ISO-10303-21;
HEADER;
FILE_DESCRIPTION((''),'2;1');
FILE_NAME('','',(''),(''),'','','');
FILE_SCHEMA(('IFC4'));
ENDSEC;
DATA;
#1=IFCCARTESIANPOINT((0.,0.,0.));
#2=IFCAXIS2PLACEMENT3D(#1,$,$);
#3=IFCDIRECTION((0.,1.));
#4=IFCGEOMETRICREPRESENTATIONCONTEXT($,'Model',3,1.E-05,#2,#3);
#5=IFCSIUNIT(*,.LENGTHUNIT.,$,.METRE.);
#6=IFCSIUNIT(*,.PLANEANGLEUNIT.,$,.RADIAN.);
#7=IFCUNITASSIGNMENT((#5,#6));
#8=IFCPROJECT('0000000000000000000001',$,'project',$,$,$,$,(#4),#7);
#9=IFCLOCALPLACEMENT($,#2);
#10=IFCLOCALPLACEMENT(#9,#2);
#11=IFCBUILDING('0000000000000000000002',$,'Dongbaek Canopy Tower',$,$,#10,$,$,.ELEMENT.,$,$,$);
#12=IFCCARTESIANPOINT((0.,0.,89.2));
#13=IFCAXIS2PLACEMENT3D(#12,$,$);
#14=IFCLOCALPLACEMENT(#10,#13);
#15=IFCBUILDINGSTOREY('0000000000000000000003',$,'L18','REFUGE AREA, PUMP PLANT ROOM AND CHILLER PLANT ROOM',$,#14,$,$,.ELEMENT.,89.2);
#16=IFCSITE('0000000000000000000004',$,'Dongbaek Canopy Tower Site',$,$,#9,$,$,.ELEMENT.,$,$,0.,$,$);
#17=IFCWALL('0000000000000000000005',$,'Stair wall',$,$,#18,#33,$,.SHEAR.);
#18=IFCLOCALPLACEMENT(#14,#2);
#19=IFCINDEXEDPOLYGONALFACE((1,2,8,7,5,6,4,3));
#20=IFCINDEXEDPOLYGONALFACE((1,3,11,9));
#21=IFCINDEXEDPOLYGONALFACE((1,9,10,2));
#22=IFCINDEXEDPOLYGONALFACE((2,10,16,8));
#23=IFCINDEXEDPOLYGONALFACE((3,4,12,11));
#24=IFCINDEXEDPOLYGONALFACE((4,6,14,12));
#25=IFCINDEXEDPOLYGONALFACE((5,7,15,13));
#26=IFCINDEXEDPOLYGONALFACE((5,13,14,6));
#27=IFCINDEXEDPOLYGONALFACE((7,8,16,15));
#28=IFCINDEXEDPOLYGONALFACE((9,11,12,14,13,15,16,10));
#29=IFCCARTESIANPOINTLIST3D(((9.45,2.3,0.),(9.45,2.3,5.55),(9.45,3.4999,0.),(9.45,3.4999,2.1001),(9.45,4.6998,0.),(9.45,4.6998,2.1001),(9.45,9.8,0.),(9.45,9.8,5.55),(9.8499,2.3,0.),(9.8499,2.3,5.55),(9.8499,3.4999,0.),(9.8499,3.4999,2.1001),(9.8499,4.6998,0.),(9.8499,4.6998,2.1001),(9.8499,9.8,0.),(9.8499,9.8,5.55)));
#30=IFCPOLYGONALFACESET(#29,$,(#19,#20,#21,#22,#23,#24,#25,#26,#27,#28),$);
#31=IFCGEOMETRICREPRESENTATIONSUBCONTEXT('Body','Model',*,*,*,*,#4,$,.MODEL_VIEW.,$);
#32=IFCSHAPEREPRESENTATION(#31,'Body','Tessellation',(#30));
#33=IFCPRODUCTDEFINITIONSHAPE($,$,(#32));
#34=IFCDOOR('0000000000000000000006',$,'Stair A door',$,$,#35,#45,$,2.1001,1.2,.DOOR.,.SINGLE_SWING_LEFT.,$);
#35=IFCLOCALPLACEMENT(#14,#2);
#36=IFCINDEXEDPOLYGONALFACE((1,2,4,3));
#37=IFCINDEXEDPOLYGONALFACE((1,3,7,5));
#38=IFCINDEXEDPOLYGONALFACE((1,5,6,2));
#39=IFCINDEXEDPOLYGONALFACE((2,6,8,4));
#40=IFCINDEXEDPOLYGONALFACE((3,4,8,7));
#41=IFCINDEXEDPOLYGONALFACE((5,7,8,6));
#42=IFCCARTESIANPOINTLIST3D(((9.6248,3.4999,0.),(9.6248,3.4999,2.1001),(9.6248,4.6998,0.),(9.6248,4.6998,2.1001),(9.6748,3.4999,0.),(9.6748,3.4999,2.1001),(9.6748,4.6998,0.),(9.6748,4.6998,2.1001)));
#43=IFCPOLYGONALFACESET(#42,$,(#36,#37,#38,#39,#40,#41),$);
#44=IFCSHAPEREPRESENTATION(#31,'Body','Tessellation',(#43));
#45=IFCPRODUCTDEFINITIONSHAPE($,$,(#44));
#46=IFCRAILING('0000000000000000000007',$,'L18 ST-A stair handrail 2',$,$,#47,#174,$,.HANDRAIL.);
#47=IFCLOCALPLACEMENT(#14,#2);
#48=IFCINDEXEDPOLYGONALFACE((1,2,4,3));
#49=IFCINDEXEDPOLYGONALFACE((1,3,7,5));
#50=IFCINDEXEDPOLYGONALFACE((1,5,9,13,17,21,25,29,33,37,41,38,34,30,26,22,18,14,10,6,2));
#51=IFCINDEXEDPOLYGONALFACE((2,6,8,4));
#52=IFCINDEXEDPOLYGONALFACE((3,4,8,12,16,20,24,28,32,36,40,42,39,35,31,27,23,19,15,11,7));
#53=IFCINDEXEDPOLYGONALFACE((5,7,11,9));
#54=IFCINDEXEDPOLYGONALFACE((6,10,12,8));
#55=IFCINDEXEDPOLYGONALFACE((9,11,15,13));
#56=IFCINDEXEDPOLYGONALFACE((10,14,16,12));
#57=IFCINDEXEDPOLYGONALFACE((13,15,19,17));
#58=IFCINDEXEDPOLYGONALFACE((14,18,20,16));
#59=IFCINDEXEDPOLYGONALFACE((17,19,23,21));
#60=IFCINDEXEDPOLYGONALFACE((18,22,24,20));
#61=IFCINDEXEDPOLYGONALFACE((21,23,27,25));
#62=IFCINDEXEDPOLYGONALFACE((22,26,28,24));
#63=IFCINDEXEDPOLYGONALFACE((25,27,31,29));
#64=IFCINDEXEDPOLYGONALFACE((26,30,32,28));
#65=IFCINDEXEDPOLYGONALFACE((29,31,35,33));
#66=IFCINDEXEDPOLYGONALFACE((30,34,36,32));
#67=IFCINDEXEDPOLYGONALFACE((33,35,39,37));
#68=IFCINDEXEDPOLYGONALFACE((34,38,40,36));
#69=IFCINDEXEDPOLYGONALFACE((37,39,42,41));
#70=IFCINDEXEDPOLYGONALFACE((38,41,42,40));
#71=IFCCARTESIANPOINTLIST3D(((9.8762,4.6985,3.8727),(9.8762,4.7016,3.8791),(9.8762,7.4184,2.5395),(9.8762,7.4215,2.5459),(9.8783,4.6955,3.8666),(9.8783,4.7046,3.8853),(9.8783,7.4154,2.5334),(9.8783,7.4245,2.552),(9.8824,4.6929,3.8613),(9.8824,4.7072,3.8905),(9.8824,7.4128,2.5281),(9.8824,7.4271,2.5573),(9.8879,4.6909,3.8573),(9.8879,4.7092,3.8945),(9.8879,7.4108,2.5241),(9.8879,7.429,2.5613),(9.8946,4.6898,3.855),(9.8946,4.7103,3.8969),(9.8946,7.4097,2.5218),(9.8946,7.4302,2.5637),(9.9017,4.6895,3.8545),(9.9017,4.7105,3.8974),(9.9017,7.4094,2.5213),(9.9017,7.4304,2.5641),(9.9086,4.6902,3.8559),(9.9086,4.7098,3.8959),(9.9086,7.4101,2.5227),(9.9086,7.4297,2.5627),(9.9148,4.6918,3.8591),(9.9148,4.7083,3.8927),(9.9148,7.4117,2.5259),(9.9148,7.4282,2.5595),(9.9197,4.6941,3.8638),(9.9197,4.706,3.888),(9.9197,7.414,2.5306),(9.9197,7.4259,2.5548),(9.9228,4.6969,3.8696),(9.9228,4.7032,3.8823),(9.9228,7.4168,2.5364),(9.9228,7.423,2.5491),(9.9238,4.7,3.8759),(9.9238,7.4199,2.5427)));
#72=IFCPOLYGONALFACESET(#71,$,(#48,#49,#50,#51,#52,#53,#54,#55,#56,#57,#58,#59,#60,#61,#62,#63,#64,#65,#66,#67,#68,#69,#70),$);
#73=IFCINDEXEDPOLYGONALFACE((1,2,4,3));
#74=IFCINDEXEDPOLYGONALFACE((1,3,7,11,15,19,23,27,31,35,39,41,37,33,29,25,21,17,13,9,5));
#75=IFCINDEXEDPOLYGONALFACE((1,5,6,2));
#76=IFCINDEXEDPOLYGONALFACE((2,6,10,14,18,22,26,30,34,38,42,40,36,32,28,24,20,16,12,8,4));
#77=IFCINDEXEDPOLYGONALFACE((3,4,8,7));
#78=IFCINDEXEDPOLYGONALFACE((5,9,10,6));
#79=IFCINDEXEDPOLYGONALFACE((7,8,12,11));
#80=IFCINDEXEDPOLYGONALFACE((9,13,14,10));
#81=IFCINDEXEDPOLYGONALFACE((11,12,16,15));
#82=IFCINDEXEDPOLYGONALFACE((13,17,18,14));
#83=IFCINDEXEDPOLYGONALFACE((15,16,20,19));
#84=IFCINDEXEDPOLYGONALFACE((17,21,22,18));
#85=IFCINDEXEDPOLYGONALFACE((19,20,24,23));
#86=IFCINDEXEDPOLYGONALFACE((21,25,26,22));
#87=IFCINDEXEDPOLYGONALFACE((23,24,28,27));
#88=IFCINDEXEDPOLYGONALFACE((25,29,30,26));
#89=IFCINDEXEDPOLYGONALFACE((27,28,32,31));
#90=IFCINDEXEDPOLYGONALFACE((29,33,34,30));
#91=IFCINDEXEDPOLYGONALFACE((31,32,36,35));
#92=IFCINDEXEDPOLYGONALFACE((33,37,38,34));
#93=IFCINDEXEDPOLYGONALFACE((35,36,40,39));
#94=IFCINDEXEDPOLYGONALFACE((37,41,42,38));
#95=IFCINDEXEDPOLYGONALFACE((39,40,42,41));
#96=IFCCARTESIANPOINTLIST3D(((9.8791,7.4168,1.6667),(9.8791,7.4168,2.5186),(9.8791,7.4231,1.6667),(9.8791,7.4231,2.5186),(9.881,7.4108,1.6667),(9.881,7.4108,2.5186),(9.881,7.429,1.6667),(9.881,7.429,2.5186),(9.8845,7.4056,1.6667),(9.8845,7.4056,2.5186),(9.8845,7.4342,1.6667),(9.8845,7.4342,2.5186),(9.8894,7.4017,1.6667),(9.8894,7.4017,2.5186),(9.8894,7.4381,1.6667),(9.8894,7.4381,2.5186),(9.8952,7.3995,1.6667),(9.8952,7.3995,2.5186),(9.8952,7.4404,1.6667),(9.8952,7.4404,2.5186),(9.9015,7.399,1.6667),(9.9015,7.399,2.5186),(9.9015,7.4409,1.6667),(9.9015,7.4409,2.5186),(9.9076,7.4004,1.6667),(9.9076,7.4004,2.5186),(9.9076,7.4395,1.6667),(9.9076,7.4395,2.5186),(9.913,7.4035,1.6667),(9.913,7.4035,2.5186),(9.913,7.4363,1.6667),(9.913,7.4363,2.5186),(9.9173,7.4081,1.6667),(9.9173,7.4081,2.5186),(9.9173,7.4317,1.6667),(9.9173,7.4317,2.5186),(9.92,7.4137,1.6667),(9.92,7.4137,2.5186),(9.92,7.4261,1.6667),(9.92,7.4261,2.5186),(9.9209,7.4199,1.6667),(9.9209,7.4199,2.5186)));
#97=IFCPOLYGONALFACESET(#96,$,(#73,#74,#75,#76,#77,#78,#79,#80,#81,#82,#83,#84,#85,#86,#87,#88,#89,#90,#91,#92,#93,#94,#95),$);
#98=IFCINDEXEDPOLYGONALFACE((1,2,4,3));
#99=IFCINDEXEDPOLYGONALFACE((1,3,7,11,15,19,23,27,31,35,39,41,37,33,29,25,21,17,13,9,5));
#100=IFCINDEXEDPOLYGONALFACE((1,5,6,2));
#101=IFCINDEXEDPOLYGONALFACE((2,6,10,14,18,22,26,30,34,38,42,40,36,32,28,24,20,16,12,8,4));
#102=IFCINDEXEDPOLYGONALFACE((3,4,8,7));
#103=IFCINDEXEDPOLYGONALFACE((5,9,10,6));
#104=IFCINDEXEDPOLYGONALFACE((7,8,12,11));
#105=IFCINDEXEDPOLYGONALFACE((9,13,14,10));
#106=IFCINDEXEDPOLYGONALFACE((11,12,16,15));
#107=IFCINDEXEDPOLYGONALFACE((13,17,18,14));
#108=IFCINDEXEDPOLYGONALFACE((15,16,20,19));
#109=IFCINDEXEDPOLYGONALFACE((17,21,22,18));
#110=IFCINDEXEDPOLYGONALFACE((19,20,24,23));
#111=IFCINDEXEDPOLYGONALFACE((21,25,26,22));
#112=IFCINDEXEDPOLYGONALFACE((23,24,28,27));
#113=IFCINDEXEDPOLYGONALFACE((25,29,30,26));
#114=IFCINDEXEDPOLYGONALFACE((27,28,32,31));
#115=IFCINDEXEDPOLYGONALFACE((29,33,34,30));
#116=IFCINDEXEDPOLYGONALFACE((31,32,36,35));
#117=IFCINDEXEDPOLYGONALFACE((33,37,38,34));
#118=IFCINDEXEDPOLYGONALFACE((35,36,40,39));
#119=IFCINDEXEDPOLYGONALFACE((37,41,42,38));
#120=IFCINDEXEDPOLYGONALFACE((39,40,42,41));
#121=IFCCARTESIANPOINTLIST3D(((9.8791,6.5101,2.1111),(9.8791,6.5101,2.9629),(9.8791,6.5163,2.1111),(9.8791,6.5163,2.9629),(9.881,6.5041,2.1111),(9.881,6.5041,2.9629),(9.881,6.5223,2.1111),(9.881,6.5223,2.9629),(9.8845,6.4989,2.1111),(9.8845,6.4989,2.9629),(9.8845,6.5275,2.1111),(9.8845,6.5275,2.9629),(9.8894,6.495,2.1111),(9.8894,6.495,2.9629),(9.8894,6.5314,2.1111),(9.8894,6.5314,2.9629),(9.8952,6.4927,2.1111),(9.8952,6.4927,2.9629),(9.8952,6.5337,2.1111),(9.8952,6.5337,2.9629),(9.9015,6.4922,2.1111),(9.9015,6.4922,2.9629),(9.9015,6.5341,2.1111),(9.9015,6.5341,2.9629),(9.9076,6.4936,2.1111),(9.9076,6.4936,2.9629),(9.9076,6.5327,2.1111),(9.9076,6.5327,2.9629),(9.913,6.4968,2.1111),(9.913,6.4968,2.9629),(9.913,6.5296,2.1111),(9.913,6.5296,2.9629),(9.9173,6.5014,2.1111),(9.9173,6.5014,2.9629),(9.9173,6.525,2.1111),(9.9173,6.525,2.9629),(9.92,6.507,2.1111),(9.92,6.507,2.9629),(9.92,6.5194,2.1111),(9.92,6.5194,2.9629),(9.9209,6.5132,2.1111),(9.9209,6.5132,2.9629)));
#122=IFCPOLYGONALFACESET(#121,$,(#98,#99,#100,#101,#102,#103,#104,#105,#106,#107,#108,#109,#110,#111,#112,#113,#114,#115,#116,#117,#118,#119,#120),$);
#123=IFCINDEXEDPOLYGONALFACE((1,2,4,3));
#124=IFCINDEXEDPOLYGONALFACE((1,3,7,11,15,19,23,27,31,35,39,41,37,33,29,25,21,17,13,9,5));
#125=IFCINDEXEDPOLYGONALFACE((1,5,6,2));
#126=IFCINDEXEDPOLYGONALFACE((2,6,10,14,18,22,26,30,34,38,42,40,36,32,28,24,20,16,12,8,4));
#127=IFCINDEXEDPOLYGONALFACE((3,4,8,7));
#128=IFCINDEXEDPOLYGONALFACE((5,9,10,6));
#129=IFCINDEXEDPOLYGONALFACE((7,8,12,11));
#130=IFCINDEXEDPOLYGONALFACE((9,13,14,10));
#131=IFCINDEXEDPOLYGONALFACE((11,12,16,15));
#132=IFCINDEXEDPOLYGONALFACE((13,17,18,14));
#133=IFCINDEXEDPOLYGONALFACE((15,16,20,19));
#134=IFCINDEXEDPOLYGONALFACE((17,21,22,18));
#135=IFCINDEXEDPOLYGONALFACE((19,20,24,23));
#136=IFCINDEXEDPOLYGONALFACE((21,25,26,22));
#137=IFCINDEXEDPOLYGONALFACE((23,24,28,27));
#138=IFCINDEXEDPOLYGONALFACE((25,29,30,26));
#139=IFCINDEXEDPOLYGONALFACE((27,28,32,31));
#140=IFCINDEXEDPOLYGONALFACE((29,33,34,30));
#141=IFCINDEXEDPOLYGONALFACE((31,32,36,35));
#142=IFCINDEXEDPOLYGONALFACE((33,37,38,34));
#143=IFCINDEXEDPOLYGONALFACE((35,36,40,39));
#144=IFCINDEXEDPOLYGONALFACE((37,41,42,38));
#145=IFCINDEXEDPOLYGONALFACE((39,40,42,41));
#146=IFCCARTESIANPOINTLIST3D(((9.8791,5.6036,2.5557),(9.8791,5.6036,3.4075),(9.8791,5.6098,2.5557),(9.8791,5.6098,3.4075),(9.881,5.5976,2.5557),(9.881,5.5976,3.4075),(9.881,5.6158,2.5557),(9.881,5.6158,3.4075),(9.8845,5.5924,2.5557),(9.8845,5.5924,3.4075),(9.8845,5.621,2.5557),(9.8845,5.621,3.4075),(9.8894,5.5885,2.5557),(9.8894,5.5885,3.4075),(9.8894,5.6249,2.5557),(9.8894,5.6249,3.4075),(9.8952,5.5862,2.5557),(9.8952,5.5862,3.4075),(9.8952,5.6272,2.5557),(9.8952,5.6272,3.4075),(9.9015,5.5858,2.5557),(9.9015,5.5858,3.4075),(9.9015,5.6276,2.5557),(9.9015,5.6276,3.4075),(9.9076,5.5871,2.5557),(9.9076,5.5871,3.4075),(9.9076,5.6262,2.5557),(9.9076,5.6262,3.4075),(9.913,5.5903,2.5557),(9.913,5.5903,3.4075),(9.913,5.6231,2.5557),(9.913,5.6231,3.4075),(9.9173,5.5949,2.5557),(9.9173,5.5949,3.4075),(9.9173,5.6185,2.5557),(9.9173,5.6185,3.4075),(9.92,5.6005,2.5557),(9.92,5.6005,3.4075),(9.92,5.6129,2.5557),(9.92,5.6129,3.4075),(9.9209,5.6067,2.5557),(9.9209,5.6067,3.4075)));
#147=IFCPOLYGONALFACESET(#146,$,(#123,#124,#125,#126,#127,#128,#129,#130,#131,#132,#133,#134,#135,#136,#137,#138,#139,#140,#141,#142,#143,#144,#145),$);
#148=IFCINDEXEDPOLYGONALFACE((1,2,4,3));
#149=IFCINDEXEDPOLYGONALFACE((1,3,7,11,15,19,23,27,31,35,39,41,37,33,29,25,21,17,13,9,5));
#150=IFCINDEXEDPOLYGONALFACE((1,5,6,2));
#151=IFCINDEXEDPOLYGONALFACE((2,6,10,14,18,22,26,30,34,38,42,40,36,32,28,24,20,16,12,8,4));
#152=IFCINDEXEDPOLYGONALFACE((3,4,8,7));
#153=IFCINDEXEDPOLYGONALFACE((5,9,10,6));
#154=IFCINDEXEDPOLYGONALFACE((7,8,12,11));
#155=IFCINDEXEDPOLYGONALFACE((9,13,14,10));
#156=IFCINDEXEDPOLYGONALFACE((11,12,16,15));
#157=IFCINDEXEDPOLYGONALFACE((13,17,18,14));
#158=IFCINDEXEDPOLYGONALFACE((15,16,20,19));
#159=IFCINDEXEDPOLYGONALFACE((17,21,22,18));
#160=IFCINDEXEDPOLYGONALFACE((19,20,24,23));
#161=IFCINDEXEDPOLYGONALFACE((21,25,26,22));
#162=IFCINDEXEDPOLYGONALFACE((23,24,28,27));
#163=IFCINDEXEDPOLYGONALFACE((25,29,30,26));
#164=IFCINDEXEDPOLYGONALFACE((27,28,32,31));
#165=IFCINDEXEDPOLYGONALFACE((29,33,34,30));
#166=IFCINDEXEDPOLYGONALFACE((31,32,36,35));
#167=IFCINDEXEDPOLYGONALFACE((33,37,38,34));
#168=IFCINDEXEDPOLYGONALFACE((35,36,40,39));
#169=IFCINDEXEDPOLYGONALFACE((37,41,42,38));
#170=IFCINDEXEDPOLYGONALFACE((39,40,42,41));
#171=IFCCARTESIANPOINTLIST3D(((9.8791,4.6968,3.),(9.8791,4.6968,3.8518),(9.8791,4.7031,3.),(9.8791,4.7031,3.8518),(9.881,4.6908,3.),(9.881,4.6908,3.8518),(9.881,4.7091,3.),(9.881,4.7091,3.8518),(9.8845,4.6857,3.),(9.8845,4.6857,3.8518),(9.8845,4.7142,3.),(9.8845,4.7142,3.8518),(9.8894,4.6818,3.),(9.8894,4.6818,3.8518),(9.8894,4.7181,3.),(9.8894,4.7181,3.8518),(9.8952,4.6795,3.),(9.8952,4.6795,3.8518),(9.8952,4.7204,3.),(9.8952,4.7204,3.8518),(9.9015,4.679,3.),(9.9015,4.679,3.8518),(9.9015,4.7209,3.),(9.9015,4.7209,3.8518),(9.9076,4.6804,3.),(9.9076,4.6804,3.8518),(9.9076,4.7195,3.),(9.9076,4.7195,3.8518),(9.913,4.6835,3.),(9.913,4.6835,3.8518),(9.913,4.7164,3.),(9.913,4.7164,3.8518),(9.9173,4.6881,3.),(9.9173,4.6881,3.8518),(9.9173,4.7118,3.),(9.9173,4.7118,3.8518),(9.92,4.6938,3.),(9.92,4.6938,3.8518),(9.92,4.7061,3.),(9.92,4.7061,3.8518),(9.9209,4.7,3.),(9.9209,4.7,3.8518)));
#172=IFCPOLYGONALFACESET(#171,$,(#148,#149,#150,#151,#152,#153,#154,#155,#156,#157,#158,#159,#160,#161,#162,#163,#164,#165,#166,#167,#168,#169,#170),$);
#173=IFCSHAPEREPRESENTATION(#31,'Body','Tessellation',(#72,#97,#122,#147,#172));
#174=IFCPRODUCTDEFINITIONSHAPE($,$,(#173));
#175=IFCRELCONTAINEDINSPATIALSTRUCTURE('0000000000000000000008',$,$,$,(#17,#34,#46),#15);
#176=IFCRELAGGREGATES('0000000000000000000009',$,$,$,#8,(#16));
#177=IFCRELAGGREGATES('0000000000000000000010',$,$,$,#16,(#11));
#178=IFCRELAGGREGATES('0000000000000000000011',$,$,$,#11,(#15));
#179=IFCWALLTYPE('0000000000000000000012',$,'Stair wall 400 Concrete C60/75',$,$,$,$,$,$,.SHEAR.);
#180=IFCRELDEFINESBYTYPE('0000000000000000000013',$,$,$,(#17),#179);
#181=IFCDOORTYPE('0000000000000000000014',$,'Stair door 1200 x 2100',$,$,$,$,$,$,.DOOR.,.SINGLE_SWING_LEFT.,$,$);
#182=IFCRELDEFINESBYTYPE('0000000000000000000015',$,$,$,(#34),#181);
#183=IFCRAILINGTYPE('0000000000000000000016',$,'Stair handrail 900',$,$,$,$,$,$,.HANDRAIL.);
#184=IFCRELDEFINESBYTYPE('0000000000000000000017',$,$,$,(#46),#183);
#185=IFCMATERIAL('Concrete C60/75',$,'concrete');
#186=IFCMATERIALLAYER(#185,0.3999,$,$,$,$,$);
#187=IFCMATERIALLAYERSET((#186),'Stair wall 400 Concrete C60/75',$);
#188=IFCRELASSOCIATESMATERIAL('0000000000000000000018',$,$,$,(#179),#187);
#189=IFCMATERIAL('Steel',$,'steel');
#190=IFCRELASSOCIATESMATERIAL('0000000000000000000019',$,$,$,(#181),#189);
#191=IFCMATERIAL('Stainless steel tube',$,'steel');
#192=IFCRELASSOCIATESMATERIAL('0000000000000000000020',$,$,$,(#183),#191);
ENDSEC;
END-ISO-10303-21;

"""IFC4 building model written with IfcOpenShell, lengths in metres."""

from ifc_helpers import new_model, si_unit, direction, frame, frame_2d, origin, origin_2d, place, context, subcontext, project, spatial, rectangle, circle, extrude, material, layer, layer_set, type_object, element, fill, save


model = new_model("IFC4")

# Units and contexts
model_context = context("Model", 3, precision=1e-05, world=origin(), true_north=direction((0.0, 1.0)))
body_context = subcontext(model_context, "Body", "Model", "MODEL_VIEW")
ifc_project = project(units=[si_unit("LENGTHUNIT", "METRE"), si_unit("PLANEANGLEUNIT", "RADIAN")], contexts=[model_context])

# Site, building, storey
site_placement = place(None, origin())
site = spatial("IfcSite", under=ifc_project, at=site_placement, Name="Dongbaek Canopy Tower Site", CompositionType="ELEMENT", RefElevation=0.0)
building_placement = place(site_placement, origin())
building = spatial("IfcBuilding", under=site, at=building_placement, Name="Dongbaek Canopy Tower", CompositionType="ELEMENT")
storey_placement = place(building_placement, frame((0.0, 0.0, 89.2)))
storey = spatial("IfcBuildingStorey", under=building, at=storey_placement, Name="L18", Description="REFUGE AREA, PUMP PLANT ROOM AND CHILLER PLANT ROOM", CompositionType="ELEMENT", Elevation=89.2)

# Wall, opening, door
ifc_material_1 = material(Name="Concrete C60/75", Category="concrete")
ifc_layer_1 = layer(ifc_material_1, 0.3999)
ifc_layer_set_1 = layer_set([ifc_layer_1], Name="Stair wall 400 Concrete C60/75")
wall_type_1 = type_object("IfcWallType", Name="Stair wall 400 Concrete C60/75", PredefinedType="SHEAR", material=ifc_layer_set_1)
wall_1_placement = place(storey_placement, frame((9.6499, 9.8, 0.0), z_axis=(0.0, 0.0, 1.0), x_axis=(0.0, -1.0, 0.0)))
wall_1 = element("IfcWall", 1, at=wall_1_placement, inside=storey, type_object=wall_type_1, Name="Stair wall", PredefinedType="SHEAR", context=body_context, shape_type="SweptSolid", body=[
    extrude(rectangle(XDim=7.5, YDim=0.3999, at=frame_2d((3.75, 0.0))), origin(), (0.0, 0.0, 1.0), 5.55),
])
opening_1_placement = place(wall_1_placement, frame((5.1001, 0.0, 0.0)))
opening_1 = element("IfcOpeningElement", 2, at=opening_1_placement, cuts=wall_1, PredefinedType="OPENING", context=body_context, shape_type="SweptSolid", body=[
    extrude(rectangle(XDim=1.2, YDim=2.1001, at=frame_2d((0.6001, 1.05))), frame((0.0, 0.21, 0.0), z_axis=(0.0, -1.0, 0.0), x_axis=(1.0, 0.0, 0.0)), (0.0, 0.0, 1.0), 0.4199),
])
ifc_material_2 = material(Name="Steel", Category="steel")
door_type_1 = type_object("IfcDoorType", Name="Stair door 1200 x 2100", OperationType="SINGLE_SWING_LEFT", PredefinedType="DOOR", material=ifc_material_2)
door_1_placement = place(opening_1_placement, origin())
door_1 = element("IfcDoor", 3, at=door_1_placement, inside=storey, type_object=door_type_1, Name="Stair A door", OperationType="SINGLE_SWING_LEFT", OverallHeight=2.1001, OverallWidth=1.2, PredefinedType="DOOR", context=body_context, shape_type="SweptSolid", body=[
    extrude(rectangle(XDim=1.2, YDim=2.1001, at=frame_2d((0.6001, 1.05))), frame((0.0, 0.0249, 0.0), z_axis=(0.0, -1.0, 0.0), x_axis=(1.0, 0.0, 0.0)), (0.0, 0.0, 1.0), 0.05),
])
fill(opening_1, door_1)

# Railing
ifc_material_3 = material(Name="Stainless steel tube", Category="steel")
railing_type = type_object("IfcRailingType", Name="Stair handrail 900", PredefinedType="HANDRAIL", material=ifc_material_3)
railing_placement = place(storey_placement, frame((9.8999, 7.4199, 1.6667)))
element("IfcRailing", 4, at=railing_placement, inside=storey, type_object=railing_type, Name="L18 ST-A stair handrail 2", PredefinedType="HANDRAIL", context=body_context, shape_type="SweptSolid", body=[
    extrude(circle(Radius=0.0239, at=origin_2d()), frame((0.0, 0.0, 0.876), z_axis=(0.0, -0.897929, 0.440139), x_axis=(1.0, 0.0, 0.0)), (0.0, 0.0, 1.0), 3.0291),
    extrude(circle(Radius=0.021, at=origin_2d()), origin(), (0.0, 0.0, 1.0), 0.8518),
    extrude(circle(Radius=0.021, at=origin_2d()), frame((0.0, -0.9067, 0.4443)), (0.0, 0.0, 1.0), 0.8518),
    extrude(circle(Radius=0.021, at=origin_2d()), frame((0.0, -1.8132, 0.8889)), (0.0, 0.0, 1.0), 0.8518),
    extrude(circle(Radius=0.021, at=origin_2d()), frame((0.0, -2.72, 1.3333)), (0.0, 0.0, 1.0), 0.8518),
])

save(model, "model.ifc")
